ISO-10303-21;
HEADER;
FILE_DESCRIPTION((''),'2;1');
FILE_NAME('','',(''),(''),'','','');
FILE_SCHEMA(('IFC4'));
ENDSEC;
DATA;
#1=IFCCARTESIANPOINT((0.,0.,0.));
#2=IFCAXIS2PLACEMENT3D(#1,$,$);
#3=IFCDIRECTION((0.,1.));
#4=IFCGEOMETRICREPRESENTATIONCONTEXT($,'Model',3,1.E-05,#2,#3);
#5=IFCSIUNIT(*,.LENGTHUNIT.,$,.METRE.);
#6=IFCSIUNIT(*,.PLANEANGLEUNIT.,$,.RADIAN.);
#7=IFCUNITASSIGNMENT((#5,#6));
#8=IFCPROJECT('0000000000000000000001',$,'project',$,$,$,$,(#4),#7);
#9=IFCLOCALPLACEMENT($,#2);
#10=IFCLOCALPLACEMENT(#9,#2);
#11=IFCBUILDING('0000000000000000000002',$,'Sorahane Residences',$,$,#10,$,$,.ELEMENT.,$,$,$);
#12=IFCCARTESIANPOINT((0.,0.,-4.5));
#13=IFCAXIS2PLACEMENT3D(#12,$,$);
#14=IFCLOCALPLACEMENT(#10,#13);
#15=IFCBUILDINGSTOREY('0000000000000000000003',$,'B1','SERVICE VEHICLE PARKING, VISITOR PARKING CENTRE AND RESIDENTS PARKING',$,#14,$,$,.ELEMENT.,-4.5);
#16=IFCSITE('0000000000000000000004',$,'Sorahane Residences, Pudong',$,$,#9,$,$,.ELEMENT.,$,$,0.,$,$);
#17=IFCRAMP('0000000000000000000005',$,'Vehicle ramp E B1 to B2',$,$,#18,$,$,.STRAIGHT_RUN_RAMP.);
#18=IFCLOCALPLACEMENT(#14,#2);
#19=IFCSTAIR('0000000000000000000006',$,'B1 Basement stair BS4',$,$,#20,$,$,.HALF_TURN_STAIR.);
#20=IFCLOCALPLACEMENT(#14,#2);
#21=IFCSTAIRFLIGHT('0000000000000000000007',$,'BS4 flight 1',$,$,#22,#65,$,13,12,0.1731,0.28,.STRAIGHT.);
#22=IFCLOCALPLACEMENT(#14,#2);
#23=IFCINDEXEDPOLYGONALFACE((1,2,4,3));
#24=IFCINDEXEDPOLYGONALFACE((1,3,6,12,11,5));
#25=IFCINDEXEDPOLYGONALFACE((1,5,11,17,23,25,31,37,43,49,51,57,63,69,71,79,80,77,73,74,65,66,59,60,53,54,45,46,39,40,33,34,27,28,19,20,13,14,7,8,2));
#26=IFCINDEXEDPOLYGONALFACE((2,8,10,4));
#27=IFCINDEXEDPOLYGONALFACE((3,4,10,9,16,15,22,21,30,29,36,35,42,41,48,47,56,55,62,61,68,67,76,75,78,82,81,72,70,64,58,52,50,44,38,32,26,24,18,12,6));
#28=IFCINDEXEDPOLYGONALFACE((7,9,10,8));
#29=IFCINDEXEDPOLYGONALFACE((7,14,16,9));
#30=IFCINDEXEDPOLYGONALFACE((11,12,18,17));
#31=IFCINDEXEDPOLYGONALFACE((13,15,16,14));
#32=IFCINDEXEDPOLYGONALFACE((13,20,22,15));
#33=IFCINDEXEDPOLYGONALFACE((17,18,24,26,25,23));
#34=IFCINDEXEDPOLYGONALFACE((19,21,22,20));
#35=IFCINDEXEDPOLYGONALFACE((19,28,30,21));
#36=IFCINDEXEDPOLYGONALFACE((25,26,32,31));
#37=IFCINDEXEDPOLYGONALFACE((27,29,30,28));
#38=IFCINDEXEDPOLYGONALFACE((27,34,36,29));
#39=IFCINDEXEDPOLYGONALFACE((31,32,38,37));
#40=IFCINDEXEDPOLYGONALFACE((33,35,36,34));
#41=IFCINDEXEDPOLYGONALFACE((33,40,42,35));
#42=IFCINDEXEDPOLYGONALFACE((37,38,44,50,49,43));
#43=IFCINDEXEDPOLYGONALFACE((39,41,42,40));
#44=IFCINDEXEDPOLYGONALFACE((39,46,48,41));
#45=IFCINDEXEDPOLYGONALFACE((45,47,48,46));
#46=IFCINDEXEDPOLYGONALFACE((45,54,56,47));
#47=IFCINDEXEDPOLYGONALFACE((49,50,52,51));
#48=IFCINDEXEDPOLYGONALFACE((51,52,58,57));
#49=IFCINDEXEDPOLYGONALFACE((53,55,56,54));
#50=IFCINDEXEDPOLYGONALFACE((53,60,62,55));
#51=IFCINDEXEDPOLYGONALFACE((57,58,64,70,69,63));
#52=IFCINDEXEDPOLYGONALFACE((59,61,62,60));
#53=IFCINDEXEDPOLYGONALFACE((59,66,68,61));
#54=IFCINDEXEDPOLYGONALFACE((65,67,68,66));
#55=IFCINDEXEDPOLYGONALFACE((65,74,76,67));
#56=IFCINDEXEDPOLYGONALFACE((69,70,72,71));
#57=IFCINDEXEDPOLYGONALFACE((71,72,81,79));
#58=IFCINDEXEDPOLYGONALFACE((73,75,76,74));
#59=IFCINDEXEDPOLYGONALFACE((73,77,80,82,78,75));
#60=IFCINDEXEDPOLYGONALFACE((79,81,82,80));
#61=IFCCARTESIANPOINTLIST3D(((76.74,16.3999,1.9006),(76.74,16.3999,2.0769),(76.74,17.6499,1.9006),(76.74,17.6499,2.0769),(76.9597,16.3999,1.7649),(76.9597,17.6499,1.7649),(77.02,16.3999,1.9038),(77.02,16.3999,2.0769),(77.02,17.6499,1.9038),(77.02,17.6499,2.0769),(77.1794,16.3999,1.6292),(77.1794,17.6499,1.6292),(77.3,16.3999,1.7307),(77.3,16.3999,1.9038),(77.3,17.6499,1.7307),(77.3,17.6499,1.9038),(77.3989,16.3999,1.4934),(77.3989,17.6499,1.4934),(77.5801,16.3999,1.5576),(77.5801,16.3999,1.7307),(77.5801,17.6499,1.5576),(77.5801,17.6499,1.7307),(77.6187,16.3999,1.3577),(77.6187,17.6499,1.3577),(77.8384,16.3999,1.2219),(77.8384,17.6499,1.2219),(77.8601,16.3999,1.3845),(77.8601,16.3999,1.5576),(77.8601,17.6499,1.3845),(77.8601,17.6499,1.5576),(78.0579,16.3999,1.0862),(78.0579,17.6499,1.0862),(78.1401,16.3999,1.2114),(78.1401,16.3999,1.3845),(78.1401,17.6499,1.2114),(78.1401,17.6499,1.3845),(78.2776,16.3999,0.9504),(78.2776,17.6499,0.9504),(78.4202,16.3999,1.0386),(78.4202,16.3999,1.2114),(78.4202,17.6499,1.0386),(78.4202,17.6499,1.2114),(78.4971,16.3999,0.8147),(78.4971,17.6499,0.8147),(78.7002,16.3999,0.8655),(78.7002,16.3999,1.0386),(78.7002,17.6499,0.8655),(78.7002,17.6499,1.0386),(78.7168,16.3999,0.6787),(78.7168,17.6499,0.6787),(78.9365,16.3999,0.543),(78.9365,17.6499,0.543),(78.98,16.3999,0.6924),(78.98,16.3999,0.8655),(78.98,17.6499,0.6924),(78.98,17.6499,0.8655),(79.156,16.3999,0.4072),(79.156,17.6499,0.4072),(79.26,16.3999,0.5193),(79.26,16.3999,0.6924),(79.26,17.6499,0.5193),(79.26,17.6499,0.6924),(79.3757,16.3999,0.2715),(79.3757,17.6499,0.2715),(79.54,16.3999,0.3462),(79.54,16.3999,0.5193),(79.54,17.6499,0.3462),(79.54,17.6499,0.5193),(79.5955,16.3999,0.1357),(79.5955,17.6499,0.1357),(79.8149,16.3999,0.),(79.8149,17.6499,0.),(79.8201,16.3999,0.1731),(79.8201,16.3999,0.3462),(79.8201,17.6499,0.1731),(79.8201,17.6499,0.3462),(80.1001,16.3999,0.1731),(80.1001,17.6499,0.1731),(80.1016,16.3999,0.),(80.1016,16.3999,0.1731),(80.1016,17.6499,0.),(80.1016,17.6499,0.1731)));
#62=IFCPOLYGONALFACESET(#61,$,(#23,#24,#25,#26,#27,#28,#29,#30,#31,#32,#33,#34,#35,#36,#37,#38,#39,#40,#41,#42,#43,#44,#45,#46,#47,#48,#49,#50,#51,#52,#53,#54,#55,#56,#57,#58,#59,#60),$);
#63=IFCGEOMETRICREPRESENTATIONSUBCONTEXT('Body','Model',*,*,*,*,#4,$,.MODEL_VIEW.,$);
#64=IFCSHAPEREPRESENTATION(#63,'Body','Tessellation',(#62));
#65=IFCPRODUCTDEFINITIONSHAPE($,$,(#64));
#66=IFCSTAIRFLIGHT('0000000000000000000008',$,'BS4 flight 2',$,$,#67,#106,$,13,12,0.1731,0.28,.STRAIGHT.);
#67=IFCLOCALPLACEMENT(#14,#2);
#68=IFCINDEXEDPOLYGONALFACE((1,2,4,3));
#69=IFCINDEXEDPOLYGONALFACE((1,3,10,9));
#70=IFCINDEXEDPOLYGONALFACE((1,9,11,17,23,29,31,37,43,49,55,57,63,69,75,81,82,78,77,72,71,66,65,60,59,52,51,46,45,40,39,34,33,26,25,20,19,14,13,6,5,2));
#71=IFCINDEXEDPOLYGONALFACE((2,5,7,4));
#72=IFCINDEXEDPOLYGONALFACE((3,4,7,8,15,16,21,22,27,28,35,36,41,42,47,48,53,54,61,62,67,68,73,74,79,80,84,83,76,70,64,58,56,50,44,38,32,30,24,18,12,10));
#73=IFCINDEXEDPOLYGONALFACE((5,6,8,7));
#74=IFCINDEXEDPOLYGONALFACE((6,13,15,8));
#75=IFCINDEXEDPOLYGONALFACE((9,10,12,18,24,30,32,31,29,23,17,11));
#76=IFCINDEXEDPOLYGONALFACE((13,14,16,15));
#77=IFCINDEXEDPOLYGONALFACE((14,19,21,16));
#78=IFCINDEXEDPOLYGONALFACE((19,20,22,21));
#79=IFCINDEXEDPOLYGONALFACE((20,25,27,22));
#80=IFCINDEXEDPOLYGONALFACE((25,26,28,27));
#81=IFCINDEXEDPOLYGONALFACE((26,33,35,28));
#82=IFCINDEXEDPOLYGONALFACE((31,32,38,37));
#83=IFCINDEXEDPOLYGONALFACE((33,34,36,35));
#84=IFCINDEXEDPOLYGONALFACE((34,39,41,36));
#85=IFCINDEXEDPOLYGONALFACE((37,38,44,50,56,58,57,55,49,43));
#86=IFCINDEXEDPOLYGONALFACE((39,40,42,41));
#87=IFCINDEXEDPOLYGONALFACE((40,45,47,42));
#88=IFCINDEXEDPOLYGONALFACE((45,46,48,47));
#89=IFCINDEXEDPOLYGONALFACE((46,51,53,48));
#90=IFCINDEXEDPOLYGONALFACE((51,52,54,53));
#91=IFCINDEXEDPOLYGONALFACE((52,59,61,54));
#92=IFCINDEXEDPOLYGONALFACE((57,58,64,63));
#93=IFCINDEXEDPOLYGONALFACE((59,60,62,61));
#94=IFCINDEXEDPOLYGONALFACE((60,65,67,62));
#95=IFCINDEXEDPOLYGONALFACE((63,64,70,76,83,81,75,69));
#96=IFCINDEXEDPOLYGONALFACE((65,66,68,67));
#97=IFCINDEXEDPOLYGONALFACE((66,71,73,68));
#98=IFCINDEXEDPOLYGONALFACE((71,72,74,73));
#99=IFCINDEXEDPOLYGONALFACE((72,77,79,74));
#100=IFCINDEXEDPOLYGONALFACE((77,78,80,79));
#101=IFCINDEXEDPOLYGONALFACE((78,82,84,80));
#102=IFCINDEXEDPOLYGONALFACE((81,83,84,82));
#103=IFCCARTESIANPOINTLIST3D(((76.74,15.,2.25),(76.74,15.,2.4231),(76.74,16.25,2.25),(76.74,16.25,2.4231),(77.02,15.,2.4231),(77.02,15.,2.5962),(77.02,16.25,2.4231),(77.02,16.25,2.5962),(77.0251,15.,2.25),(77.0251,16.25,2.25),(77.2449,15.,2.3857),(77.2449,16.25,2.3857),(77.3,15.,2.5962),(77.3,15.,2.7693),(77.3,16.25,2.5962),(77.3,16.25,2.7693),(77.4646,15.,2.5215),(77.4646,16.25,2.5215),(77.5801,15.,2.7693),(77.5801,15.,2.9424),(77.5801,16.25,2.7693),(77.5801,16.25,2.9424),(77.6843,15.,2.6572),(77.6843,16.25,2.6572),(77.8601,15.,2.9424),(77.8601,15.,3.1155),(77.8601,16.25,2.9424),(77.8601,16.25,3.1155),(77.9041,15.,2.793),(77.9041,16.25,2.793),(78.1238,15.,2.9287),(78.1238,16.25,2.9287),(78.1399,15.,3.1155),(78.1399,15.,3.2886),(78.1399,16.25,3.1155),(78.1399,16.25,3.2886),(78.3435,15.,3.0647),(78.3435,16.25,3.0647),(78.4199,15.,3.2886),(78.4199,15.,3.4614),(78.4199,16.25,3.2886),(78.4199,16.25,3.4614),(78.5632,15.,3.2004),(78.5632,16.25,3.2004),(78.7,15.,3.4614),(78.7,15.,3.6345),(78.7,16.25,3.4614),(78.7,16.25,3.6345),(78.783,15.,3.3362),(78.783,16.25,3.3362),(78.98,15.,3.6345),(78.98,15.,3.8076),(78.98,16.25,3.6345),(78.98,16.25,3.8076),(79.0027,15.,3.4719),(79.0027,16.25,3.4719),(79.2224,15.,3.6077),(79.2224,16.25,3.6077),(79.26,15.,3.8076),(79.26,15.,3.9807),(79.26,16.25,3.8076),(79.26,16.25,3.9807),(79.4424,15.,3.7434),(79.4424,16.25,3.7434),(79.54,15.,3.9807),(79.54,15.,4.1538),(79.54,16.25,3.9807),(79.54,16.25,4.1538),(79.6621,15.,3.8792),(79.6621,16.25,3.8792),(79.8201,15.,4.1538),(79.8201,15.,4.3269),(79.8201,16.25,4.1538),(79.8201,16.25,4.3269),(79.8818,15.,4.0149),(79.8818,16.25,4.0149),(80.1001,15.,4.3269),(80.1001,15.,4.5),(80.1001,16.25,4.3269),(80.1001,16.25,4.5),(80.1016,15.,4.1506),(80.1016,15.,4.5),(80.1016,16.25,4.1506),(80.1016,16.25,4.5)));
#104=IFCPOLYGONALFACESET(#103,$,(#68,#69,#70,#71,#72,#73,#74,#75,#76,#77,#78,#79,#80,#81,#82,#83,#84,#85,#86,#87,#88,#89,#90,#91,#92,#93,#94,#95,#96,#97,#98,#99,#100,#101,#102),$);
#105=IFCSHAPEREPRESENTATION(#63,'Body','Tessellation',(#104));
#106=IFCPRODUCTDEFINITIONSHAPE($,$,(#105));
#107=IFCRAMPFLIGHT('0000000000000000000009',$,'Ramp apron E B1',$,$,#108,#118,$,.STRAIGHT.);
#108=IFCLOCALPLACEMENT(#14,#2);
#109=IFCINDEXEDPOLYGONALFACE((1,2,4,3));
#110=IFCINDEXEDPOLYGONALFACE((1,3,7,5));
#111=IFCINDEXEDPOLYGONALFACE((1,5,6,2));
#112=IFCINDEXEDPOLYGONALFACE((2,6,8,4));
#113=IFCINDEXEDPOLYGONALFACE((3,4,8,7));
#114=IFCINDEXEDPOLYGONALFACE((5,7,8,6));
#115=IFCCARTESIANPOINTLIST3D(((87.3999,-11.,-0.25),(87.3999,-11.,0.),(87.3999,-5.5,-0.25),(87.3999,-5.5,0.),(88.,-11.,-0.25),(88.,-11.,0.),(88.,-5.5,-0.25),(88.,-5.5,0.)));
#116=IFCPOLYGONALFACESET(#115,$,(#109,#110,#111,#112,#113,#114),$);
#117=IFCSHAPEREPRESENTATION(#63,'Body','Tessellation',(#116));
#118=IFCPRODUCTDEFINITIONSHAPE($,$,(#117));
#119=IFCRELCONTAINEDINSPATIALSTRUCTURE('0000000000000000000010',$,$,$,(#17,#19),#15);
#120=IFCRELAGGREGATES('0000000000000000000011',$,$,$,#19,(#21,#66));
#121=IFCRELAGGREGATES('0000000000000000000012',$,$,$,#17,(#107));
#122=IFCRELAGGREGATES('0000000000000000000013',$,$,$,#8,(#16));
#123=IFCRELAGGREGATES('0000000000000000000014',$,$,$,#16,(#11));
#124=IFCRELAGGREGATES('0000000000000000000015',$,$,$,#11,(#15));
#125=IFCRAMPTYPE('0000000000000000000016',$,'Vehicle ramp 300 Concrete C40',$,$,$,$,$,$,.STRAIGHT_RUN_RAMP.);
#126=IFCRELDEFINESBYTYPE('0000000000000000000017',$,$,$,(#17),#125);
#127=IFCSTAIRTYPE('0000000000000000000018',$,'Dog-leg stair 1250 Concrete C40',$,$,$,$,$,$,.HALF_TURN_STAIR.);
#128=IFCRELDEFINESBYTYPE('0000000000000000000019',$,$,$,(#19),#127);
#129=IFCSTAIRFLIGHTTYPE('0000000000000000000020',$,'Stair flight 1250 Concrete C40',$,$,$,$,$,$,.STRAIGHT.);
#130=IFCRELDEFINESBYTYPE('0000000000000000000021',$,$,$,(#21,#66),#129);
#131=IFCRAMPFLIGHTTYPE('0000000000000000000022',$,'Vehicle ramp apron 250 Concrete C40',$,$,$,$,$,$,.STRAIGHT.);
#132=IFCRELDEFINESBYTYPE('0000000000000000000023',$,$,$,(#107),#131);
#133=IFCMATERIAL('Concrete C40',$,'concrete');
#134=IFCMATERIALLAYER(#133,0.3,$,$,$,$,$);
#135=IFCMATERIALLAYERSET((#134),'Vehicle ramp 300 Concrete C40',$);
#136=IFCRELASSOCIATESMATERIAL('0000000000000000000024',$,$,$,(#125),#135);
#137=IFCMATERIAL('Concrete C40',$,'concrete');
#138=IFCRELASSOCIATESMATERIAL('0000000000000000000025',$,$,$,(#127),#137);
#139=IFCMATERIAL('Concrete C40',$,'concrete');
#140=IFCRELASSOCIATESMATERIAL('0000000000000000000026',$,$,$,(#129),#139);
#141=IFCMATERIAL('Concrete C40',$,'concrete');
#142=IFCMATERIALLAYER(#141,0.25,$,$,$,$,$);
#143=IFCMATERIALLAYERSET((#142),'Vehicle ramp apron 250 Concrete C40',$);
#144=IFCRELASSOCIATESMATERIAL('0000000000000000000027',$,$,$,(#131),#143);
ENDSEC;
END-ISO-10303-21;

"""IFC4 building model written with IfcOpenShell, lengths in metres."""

from ifc_helpers import new_model, si_unit, direction, frame, origin, place, context, subcontext, project, spatial, polyline, outline, extrude, material, layer, layer_set, type_object, element, aggregate, save


model = new_model("IFC4")

# Units and contexts
model_context = context("Model", 3, precision=1e-05, world=origin(), true_north=direction((0.0, 1.0)))
body_context = subcontext(model_context, "Body", "Model", "MODEL_VIEW")
ifc_project = project(units=[si_unit("LENGTHUNIT", "METRE"), si_unit("PLANEANGLEUNIT", "RADIAN")], contexts=[model_context])

# Site, building, storey
site_placement = place(None, origin())
site = spatial("IfcSite", under=ifc_project, at=site_placement, Name="Sorahane Residences, Pudong", CompositionType="ELEMENT", RefElevation=0.0)
building_placement = place(site_placement, origin())
building = spatial("IfcBuilding", under=site, at=building_placement, Name="Sorahane Residences", CompositionType="ELEMENT")
storey_placement = place(building_placement, frame((0.0, 0.0, -4.5)))
storey = spatial("IfcBuildingStorey", under=building, at=storey_placement, Name="B1", Description="SERVICE VEHICLE PARKING, VISITOR PARKING CENTRE AND RESIDENTS PARKING", CompositionType="ELEMENT", Elevation=-4.5)

# Ramp
ifc_material_1 = material(Name="Concrete C40", Category="concrete")
ifc_layer_1 = layer(ifc_material_1, 0.3)
ifc_layer_set_1 = layer_set([ifc_layer_1], Name="Vehicle ramp 300 Concrete C40")
ramp_type = type_object("IfcRampType", Name="Vehicle ramp 300 Concrete C40", PredefinedType="STRAIGHT_RUN_RAMP", material=ifc_layer_set_1)
ramp_placement = place(storey_placement, origin())
ramp = element("IfcRamp", 1, at=ramp_placement, inside=storey, type_object=ramp_type, Name="Vehicle ramp E B1 to B2", PredefinedType="STRAIGHT_RUN_RAMP")

# Stair, stair flights
ifc_material_2 = material(Name="Concrete C40", Category="concrete")
stair_type = type_object("IfcStairType", Name="Dog-leg stair 1250 Concrete C40", PredefinedType="HALF_TURN_STAIR", material=ifc_material_2)
stair_placement = place(storey_placement, origin())
stair = element("IfcStair", 2, at=stair_placement, inside=storey, type_object=stair_type, Name="B1 Basement stair BS4", PredefinedType="HALF_TURN_STAIR")
ifc_material_3 = material(Name="Concrete C40", Category="concrete")
stair_flight_type = type_object("IfcStairFlightType", Name="Stair flight 1250 Concrete C40", PredefinedType="STRAIGHT", material=ifc_material_3)
stair_flight_1_placement = place(storey_placement, frame((80.1001, 17.0249, 0.0), z_axis=(0.0, 0.0, 1.0), x_axis=(-1.0, 0.0, 0.0)))
stair_flight_1 = element("IfcStairFlight", 3, at=stair_flight_1_placement, type_object=stair_flight_type, Name="BS4 flight 1", NumberOfRisers=13, NumberOfTreads=12, PredefinedType="STRAIGHT", RiserHeight=0.1731, TreadLength=0.28, context=body_context, shape_type="SweptSolid", body=[
    extrude(outline(polyline([(-0.0015, 0.0), (-0.0015, 0.1731), (0.0, 0.1731), (0.28, 0.1731), (0.28, 0.3462), (0.5601, 0.3462), (0.5601, 0.5193), (0.8401, 0.5193), (0.8401, 0.6924), (1.1201, 0.6924), (1.1201, 0.8655), (1.3999, 0.8655), (1.3999, 1.0386), (1.6799, 1.0386), (1.6799, 1.2114), (1.96, 1.2114), (1.96, 1.3845), (2.24, 1.3845), (2.24, 1.5576), (2.52, 1.5576), (2.52, 1.7307), (2.8, 1.7307), (2.8, 1.9038), (3.0801, 1.9038), (3.0801, 2.0769), (3.3601, 2.0769), (3.3601, 2.25), (3.3601, 1.9006), (3.1404, 1.7649), (2.9207, 1.6292), (2.7012, 1.4934), (2.4814, 1.3577), (2.2617, 1.2219), (2.0422, 1.0862), (1.8225, 0.9504), (1.603, 0.8147), (1.3833, 0.6787), (1.1636, 0.543), (0.9441, 0.4072), (0.7244, 0.2715), (0.5046, 0.1357), (0.2852, 0.0), (-0.0015, 0.0)])), frame((0.0, 0.625, 0.0), z_axis=(0.0, -1.0, 0.0), x_axis=(1.0, 0.0, 0.0)), (0.0, 0.0, 1.0), 1.25),
])
stair_flight_2_placement = place(storey_placement, frame((76.74, 15.625, 2.25), z_axis=(0.0, 0.0, 1.0), x_axis=(1.0, 0.0, 0.0)))
stair_flight_2 = element("IfcStairFlight", 4, at=stair_flight_2_placement, type_object=stair_flight_type, Name="BS4 flight 2", NumberOfRisers=13, NumberOfTreads=12, PredefinedType="STRAIGHT", RiserHeight=0.1731, TreadLength=0.28, context=body_context, shape_type="SweptSolid", body=[
    extrude(outline(polyline([(0.0, 0.0), (0.0, 0.1731), (0.28, 0.1731), (0.28, 0.3462), (0.5601, 0.3462), (0.5601, 0.5193), (0.8401, 0.5193), (0.8401, 0.6924), (1.1201, 0.6924), (1.1201, 0.8655), (1.3999, 0.8655), (1.3999, 1.0386), (1.6799, 1.0386), (1.6799, 1.2114), (1.96, 1.2114), (1.96, 1.3845), (2.24, 1.3845), (2.24, 1.5576), (2.52, 1.5576), (2.52, 1.7307), (2.8, 1.7307), (2.8, 1.9038), (3.0801, 1.9038), (3.0801, 2.0769), (3.3601, 2.0769), (3.3601, 2.25), (3.3616, 2.25), (3.3616, 1.9006), (3.1418, 1.7649), (2.9221, 1.6292), (2.7024, 1.4934), (2.4824, 1.3577), (2.2627, 1.2219), (2.043, 1.0862), (1.8232, 0.9504), (1.6035, 0.8147), (1.3838, 0.6787), (1.1641, 0.543), (0.9443, 0.4072), (0.7246, 0.2715), (0.5049, 0.1357), (0.2852, 0.0), (0.0, 0.0)])), frame((0.0, 0.625, 0.0), z_axis=(0.0, -1.0, 0.0), x_axis=(1.0, 0.0, 0.0)), (0.0, 0.0, 1.0), 1.25),
])
aggregate(stair, [stair_flight_1, stair_flight_2])

# Ramp flight
ifc_material_4 = material(Name="Concrete C40", Category="concrete")
ifc_layer_2 = layer(ifc_material_4, 0.25)
ifc_layer_set_2 = layer_set([ifc_layer_2], Name="Vehicle ramp apron 250 Concrete C40")
ramp_flight_type = type_object("IfcRampFlightType", Name="Vehicle ramp apron 250 Concrete C40", PredefinedType="STRAIGHT", material=ifc_layer_set_2)
ramp_flight_placement = place(storey_placement, frame((88.0, -11.0, 0.0), z_axis=(0.0, 0.0, 1.0), x_axis=(-1.0, 0.0, 0.0)))
ramp_flight = element("IfcRampFlight", 5, at=ramp_flight_placement, type_object=ramp_flight_type, Name="Ramp apron E B1", PredefinedType="STRAIGHT", context=body_context, shape_type="SweptSolid", body=[
    extrude(outline(polyline([(0.0, 0.0), (0.6001, 0.0), (0.6001, -5.5), (0.0, -5.5), (0.0, 0.0)])), origin(), (0.0, 0.0, -1.0), 0.25),
])
aggregate(ramp, [ramp_flight])

save(model, "model.ifc")
